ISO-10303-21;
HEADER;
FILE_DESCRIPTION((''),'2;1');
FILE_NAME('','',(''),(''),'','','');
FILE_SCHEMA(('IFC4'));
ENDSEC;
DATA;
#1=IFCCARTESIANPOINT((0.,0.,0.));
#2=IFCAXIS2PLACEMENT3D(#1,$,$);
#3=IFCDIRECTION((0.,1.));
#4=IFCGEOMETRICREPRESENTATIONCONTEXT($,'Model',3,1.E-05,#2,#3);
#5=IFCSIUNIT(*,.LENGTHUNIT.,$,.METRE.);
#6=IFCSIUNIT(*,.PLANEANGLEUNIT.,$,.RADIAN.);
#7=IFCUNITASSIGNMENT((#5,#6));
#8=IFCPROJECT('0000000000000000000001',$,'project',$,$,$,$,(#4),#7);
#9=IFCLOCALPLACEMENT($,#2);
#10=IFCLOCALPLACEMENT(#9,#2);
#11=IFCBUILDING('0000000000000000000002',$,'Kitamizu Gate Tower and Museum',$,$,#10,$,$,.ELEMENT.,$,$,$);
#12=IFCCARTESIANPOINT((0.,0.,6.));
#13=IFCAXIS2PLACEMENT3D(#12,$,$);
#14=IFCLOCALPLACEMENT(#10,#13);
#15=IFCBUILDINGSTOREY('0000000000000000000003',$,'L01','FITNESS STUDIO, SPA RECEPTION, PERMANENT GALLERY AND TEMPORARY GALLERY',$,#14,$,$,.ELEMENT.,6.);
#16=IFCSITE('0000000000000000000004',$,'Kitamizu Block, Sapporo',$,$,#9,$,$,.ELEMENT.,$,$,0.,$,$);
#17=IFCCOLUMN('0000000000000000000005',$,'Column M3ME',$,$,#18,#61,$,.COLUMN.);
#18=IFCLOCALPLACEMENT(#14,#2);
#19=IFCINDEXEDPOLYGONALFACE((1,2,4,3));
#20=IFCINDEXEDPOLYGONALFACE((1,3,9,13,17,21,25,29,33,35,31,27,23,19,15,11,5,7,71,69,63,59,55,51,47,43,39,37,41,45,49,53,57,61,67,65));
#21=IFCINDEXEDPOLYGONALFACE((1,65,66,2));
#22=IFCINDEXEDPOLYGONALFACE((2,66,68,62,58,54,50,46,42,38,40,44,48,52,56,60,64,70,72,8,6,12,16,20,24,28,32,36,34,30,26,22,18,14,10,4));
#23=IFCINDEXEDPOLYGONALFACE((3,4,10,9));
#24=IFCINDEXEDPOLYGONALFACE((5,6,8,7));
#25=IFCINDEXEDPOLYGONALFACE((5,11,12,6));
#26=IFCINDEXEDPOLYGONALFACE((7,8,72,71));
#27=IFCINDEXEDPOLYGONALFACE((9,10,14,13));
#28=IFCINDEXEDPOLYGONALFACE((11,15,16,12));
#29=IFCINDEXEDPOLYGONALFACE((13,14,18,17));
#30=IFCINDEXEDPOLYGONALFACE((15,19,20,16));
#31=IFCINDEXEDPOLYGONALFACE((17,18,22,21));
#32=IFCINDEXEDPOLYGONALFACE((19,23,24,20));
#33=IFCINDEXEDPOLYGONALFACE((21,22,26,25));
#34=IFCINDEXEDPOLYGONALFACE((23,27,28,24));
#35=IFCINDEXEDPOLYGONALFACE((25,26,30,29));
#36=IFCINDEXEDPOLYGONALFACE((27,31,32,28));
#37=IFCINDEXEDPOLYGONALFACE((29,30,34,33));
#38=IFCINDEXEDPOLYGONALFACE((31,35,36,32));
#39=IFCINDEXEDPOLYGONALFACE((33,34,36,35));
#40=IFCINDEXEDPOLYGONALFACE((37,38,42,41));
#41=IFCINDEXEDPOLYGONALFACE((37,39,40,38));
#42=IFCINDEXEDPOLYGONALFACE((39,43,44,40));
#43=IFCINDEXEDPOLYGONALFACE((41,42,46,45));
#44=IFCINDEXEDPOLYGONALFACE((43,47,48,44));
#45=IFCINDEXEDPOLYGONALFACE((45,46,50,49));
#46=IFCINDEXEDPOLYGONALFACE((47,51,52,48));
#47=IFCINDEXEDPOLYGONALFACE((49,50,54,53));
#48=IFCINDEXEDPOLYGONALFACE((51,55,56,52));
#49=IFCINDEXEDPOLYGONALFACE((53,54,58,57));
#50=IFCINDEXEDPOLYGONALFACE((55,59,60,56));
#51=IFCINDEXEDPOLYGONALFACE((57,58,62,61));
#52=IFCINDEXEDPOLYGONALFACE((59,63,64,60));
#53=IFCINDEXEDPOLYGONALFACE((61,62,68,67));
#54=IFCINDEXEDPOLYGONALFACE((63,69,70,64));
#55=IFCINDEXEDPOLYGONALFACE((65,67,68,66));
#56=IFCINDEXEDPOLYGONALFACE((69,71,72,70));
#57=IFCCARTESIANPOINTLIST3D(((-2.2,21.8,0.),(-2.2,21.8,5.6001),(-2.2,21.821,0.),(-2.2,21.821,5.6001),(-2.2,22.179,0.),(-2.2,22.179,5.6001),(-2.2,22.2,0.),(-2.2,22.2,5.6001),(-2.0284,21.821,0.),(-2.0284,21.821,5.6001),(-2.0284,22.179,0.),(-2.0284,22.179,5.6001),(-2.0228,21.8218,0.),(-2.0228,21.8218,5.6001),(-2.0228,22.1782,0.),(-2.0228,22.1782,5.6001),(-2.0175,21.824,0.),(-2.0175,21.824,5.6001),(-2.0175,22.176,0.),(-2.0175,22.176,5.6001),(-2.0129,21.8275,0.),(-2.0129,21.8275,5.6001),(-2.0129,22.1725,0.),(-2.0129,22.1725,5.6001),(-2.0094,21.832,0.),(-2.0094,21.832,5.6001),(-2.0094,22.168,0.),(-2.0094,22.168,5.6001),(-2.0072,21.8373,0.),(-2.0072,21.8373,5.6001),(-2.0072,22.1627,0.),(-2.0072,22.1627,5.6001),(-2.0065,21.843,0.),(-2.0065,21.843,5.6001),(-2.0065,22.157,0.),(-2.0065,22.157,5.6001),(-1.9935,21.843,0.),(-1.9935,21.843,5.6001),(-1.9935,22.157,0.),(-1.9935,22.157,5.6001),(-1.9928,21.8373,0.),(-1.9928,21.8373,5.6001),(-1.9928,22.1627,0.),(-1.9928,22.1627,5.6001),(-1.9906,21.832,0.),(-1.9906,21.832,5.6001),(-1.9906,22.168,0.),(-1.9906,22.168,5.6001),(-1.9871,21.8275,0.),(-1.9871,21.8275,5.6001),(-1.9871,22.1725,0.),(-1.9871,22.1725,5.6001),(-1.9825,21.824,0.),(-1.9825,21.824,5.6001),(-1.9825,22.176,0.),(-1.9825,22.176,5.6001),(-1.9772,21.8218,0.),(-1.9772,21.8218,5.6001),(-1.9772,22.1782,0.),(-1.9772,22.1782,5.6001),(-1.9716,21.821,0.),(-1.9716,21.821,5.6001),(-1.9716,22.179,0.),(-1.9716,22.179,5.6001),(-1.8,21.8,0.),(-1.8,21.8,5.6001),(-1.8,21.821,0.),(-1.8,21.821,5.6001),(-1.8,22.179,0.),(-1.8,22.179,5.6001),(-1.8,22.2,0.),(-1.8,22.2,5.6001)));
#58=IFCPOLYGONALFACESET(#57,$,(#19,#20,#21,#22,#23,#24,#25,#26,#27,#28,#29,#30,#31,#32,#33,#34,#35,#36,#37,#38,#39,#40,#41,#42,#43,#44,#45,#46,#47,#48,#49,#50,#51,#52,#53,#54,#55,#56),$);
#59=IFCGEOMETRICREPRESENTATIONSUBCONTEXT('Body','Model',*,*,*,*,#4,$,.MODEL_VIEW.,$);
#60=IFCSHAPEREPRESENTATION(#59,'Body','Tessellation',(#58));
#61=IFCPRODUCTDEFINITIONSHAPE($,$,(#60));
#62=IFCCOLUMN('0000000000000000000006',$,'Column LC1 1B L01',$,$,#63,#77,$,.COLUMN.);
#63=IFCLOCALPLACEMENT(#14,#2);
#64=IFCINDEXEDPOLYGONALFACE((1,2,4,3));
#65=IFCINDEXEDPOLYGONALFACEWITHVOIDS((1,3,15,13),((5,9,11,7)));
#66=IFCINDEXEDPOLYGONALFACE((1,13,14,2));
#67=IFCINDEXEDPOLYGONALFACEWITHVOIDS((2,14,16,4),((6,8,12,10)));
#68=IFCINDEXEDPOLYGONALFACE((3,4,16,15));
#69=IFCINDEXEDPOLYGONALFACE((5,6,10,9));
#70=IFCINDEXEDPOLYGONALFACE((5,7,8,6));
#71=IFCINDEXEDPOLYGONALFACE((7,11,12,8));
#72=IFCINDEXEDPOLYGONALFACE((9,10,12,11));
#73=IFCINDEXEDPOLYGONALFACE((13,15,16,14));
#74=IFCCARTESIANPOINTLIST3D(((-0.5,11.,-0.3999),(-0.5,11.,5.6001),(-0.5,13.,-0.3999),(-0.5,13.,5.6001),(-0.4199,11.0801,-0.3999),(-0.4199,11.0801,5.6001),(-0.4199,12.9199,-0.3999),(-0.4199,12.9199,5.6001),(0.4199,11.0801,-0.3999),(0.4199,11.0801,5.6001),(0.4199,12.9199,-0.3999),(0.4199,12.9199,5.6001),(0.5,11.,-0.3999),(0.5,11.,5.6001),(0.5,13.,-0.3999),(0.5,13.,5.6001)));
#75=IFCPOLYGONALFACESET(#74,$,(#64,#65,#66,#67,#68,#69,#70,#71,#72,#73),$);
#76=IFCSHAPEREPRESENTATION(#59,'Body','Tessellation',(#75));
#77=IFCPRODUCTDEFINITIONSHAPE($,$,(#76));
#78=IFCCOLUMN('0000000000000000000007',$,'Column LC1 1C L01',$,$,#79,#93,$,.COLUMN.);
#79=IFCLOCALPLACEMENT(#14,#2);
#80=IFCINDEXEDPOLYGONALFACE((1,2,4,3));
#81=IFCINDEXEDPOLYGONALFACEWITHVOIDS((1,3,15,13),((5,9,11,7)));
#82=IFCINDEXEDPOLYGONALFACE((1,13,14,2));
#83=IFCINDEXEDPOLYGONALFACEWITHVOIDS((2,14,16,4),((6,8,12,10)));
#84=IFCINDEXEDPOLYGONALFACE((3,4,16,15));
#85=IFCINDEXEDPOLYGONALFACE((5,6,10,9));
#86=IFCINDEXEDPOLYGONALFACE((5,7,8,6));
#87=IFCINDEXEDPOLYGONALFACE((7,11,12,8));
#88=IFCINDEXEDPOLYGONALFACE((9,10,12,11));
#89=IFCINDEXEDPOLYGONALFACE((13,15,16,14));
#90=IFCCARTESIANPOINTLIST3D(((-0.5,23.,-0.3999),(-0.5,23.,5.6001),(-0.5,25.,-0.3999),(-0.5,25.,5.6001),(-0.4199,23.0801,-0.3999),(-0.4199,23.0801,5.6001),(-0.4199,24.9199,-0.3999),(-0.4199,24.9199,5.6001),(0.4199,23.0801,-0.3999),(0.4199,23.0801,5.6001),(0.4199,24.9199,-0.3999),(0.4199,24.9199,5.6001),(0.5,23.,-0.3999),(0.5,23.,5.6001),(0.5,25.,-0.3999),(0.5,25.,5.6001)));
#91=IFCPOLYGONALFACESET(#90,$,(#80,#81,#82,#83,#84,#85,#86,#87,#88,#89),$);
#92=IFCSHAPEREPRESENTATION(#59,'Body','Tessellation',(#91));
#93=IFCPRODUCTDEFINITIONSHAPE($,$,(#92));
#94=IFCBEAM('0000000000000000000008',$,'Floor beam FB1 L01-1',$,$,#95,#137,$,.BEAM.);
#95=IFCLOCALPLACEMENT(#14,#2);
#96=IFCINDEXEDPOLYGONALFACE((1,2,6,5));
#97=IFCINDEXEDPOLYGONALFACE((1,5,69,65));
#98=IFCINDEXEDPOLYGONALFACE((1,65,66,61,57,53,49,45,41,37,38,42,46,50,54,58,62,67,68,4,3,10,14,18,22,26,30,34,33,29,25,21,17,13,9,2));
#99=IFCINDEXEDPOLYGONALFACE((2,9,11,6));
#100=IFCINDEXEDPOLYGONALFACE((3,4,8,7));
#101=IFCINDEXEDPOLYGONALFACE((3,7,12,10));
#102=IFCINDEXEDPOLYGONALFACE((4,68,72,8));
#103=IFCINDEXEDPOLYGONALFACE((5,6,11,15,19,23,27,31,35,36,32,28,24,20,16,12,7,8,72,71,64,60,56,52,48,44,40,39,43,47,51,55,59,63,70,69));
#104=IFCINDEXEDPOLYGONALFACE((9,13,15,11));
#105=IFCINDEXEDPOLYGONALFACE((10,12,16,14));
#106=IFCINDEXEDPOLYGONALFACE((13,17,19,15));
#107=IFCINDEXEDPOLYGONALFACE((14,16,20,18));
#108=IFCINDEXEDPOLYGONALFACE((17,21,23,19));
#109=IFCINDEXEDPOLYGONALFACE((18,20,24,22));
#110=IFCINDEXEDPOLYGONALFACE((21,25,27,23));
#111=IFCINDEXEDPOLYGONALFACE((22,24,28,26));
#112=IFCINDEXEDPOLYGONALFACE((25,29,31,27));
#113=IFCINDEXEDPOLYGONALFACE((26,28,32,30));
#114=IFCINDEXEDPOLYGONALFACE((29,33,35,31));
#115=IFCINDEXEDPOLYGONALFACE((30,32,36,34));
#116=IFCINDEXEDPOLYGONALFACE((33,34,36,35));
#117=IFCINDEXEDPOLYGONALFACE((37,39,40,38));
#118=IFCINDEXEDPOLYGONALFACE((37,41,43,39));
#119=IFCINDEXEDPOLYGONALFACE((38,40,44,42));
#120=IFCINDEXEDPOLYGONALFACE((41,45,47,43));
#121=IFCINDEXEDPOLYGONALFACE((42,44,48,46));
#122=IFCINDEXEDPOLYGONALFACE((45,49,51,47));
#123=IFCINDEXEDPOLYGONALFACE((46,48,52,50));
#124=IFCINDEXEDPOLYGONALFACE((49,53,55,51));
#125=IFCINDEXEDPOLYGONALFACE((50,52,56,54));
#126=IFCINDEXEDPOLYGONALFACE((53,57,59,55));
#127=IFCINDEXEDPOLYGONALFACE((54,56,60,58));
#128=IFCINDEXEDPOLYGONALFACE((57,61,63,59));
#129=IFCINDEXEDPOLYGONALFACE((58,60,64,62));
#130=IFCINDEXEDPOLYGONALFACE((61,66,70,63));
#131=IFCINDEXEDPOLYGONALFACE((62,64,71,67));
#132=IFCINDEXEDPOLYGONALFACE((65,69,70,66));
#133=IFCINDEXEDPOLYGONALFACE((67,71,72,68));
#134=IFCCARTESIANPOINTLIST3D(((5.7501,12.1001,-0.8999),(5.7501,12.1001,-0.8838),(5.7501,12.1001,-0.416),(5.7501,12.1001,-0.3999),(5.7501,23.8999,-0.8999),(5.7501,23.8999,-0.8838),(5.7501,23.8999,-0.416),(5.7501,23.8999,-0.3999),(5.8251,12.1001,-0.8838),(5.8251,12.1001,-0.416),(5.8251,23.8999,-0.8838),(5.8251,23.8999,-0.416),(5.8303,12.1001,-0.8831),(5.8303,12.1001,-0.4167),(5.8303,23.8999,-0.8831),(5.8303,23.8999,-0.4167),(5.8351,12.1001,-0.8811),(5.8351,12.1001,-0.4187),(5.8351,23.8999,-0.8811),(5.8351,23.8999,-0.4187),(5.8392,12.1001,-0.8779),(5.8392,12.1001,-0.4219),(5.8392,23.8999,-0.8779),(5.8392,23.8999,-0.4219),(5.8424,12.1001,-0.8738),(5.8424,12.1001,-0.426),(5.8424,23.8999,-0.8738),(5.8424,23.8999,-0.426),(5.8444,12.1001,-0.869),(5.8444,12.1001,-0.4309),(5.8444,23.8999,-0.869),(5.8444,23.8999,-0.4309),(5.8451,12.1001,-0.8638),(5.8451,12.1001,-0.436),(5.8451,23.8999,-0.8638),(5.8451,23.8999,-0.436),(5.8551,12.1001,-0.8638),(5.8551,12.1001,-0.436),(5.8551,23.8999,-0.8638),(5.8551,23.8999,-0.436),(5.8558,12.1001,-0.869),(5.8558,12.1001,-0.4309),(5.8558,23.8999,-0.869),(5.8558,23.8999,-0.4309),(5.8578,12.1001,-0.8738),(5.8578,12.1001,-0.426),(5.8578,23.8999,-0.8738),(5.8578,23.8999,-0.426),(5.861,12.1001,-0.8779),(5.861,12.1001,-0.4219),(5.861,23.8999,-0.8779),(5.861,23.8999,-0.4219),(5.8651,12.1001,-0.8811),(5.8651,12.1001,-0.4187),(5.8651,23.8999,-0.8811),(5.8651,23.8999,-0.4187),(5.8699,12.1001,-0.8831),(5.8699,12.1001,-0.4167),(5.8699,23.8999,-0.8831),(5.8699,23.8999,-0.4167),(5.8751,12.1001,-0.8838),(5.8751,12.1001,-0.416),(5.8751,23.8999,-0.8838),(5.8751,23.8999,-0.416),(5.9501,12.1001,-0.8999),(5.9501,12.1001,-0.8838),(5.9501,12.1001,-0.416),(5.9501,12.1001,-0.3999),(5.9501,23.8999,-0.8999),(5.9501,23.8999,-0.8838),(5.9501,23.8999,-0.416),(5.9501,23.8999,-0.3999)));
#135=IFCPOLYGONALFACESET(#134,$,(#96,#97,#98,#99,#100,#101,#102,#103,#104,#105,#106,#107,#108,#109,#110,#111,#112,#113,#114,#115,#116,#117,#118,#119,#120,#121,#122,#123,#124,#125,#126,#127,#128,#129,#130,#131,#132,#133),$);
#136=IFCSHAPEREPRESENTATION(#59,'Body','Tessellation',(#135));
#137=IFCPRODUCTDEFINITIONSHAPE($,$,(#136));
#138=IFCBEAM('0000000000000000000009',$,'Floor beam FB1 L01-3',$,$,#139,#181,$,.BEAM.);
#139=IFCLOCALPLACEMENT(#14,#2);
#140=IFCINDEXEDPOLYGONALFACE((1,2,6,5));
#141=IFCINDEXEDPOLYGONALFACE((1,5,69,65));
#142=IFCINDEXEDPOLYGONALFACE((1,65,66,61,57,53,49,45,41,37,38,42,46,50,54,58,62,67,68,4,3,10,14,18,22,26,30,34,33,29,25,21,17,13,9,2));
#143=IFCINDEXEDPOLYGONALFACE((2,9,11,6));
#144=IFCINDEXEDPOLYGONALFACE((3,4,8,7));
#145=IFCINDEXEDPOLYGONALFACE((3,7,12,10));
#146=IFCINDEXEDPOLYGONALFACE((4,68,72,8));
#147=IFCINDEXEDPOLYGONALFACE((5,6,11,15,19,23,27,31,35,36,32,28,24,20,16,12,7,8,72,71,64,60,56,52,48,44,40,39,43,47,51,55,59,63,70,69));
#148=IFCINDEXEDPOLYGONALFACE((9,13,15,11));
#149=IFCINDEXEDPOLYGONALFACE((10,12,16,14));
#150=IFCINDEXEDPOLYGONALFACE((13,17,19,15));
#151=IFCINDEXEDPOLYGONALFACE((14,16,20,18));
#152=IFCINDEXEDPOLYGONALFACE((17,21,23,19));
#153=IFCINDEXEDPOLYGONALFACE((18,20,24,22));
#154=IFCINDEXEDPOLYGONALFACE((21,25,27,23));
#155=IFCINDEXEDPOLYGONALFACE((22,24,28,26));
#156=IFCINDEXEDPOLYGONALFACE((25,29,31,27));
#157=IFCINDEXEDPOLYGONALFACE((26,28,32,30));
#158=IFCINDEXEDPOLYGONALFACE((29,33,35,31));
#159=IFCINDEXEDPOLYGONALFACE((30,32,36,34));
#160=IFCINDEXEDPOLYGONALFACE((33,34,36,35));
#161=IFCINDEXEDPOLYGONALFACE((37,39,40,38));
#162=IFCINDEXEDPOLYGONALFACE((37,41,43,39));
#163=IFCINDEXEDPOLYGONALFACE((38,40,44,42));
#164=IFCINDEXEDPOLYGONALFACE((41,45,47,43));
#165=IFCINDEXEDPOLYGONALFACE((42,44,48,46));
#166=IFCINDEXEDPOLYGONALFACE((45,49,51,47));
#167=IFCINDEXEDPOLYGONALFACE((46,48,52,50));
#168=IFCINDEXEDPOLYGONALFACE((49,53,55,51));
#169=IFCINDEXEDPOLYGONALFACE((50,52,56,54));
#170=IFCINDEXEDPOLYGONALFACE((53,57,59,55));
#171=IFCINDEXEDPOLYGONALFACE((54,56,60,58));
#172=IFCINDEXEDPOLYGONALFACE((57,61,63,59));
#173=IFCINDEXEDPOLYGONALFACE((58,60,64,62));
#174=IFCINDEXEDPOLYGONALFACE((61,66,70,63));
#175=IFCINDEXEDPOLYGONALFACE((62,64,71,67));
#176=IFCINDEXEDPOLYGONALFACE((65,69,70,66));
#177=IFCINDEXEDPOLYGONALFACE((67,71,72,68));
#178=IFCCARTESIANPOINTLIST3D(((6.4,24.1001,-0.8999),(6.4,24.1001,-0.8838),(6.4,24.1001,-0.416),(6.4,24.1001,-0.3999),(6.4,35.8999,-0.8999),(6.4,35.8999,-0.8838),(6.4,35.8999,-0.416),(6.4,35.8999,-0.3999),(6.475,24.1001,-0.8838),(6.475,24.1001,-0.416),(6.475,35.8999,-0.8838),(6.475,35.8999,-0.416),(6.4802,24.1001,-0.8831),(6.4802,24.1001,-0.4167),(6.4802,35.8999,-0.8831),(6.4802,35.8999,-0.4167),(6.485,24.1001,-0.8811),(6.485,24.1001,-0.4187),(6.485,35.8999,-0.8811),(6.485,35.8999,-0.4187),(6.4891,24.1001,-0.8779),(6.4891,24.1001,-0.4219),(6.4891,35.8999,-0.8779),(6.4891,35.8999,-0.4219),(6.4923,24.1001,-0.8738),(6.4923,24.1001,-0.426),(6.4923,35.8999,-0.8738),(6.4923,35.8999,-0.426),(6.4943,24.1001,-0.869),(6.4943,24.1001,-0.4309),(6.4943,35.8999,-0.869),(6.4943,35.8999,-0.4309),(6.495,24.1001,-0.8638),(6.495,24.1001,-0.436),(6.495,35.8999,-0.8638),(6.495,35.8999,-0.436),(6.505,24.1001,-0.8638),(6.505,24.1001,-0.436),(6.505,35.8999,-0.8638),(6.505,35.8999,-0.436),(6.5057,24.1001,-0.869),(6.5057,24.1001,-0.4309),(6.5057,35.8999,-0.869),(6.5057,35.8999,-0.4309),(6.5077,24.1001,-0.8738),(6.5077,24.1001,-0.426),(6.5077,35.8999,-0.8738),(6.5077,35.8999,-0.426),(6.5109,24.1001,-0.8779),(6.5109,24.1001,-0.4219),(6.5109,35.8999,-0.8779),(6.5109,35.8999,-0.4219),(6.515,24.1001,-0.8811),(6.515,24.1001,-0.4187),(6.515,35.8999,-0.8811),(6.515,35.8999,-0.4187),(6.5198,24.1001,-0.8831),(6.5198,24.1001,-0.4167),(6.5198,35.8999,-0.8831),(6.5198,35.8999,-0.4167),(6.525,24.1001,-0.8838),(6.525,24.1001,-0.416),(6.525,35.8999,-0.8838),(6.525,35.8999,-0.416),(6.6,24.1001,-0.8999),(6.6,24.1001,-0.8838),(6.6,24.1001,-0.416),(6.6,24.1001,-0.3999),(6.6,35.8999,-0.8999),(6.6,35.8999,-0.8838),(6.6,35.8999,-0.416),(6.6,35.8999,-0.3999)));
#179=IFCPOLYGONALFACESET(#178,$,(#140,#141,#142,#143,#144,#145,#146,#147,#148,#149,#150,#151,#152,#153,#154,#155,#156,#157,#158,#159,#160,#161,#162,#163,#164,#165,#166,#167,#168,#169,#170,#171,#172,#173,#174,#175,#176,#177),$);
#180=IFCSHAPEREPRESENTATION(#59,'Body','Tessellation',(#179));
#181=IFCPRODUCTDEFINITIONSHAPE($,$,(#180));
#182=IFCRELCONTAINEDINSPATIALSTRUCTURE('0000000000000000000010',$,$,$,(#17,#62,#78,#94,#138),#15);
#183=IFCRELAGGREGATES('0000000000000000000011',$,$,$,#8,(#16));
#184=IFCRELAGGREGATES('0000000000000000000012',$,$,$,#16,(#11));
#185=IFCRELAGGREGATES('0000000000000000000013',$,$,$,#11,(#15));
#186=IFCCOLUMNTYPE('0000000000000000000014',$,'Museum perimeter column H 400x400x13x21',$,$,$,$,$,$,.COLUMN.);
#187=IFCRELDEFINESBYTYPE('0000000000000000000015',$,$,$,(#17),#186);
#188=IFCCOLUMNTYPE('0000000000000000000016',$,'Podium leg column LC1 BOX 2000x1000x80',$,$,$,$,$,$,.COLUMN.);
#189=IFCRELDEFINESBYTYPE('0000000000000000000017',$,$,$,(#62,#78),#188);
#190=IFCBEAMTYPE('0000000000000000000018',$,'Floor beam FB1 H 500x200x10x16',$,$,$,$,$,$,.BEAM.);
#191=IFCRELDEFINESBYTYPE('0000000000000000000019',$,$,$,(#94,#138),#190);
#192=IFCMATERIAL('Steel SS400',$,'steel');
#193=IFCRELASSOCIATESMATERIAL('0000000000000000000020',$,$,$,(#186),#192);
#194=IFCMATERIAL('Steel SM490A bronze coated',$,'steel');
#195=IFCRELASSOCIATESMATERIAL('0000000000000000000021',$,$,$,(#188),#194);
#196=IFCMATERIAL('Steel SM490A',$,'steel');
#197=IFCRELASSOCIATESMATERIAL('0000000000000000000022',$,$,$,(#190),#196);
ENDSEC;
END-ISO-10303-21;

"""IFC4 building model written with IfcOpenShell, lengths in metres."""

from ifc_helpers import new_model, si_unit, direction, frame, origin, origin_2d, place, context, subcontext, project, spatial, hollow_rectangle, i_section, extrude, material, material_profile, profile_set, type_object, element, save


model = new_model("IFC4")

# Units and contexts
model_context = context("Model", 3, precision=1e-05, world=origin(), true_north=direction((0.0, 1.0)))
body_context = subcontext(model_context, "Body", "Model", "MODEL_VIEW")
ifc_project = project(units=[si_unit("LENGTHUNIT", "METRE"), si_unit("PLANEANGLEUNIT", "RADIAN")], contexts=[model_context])

# Site, building, storey
site_placement = place(None, origin())
site = spatial("IfcSite", under=ifc_project, at=site_placement, Name="Kitamizu Block, Sapporo", CompositionType="ELEMENT", RefElevation=0.0)
building_placement = place(site_placement, origin())
building = spatial("IfcBuilding", under=site, at=building_placement, Name="Kitamizu Gate Tower and Museum", CompositionType="ELEMENT")
storey_placement = place(building_placement, frame((0.0, 0.0, 6.0)))
storey = spatial("IfcBuildingStorey", under=building, at=storey_placement, Name="L01", Description="FITNESS STUDIO, SPA RECEPTION, PERMANENT GALLERY AND TEMPORARY GALLERY", CompositionType="ELEMENT", Elevation=6.0)

# Columns
ifc_material_1 = material(Name="Steel SS400", Category="steel")
ifc_material_profile_1 = material_profile(ifc_material_1, i_section(OverallWidth=0.3999, OverallDepth=0.3999, WebThickness=0.0129, FlangeThickness=0.021, FilletRadius=0.022, at=origin_2d()), Name="H-400x400x13x21")
ifc_profile_set_1 = profile_set([ifc_material_profile_1], Name="Steel SS400")
column_type_1 = type_object("IfcColumnType", Name="Museum perimeter column H 400x400x13x21", PredefinedType="COLUMN", material=ifc_profile_set_1)
column_placement = place(storey_placement, frame((-2.0, 22.0, 0.0), z_axis=(0.0, 0.0, 1.0), x_axis=(1.0, 0.0, 0.0)))
element("IfcColumn", 1, at=column_placement, inside=storey, type_object=column_type_1, Name="Column M3ME", PredefinedType="COLUMN", context=body_context, shape_type="SweptSolid", body=[
    extrude(i_section(OverallWidth=0.3999, OverallDepth=0.3999, WebThickness=0.0129, FlangeThickness=0.021, FilletRadius=0.022, at=origin_2d()), origin(), (0.0, 0.0, 1.0), 5.6001),
])
ifc_material_2 = material(Name="Steel SM490A bronze coated", Category="steel")
ifc_material_profile_2 = material_profile(ifc_material_2, hollow_rectangle(XDim=2.0, YDim=1.0, WallThickness=0.0801, at=origin_2d()), Name="BOX 2000x1000x80")
ifc_profile_set_2 = profile_set([ifc_material_profile_2], Name="Steel SM490A bronze coated")
column_type_2 = type_object("IfcColumnType", Name="Podium leg column LC1 BOX 2000x1000x80", PredefinedType="COLUMN", material=ifc_profile_set_2)
for number, where, z_axis, x_axis, name in (
    (2, (0.0, 12.0, -0.3999), (0.0, 0.0, 1.0), (0.0, 1.0, 0.0), "Column LC1 1B L01"),
    (3, (0.0, 24.0, -0.3999), (0.0, 0.0, 1.0), (0.0, 1.0, 0.0), "Column LC1 1C L01"),
):
    element("IfcColumn", number, at=place(storey_placement, frame(where, z_axis=z_axis, x_axis=x_axis)), inside=storey, type_object=column_type_2, Name=name, PredefinedType="COLUMN", context=body_context, shape_type="SweptSolid", body=[
        extrude(hollow_rectangle(XDim=2.0, YDim=1.0, WallThickness=0.0801, at=origin_2d()), origin(), (0.0, 0.0, 1.0), 6.0),
    ])

# Beams
ifc_material_3 = material(Name="Steel SM490A", Category="steel")
ifc_material_profile_3 = material_profile(ifc_material_3, i_section(OverallWidth=0.2, OverallDepth=0.5, WebThickness=0.01, FlangeThickness=0.0161, FilletRadius=0.02, at=origin_2d()), Name="H-500x200x10x16")
ifc_profile_set_3 = profile_set([ifc_material_profile_3], Name="Steel SM490A")
beam_type_1 = type_object("IfcBeamType", Name="Floor beam FB1 H 500x200x10x16", PredefinedType="BEAM", material=ifc_profile_set_3)
for number, where, z_axis, x_axis, name in (
    (4, (5.8501, 12.1001, -0.6499), (0.0, 1.0, 0.0), (-1.0, 0.0, 0.0), "Floor beam FB1 L01-1"),
    (5, (6.5, 24.1001, -0.6499), (0.0, 1.0, 0.0), (-1.0, 0.0, 0.0), "Floor beam FB1 L01-3"),
):
    element("IfcBeam", number, at=place(storey_placement, frame(where, z_axis=z_axis, x_axis=x_axis)), inside=storey, type_object=beam_type_1, Name=name, PredefinedType="BEAM", context=body_context, shape_type="SweptSolid", body=[
        extrude(i_section(OverallWidth=0.2, OverallDepth=0.5, WebThickness=0.01, FlangeThickness=0.0161, FilletRadius=0.02, at=origin_2d()), origin(), (0.0, 0.0, 1.0), 11.7998),
    ])

save(model, "model.ifc")
